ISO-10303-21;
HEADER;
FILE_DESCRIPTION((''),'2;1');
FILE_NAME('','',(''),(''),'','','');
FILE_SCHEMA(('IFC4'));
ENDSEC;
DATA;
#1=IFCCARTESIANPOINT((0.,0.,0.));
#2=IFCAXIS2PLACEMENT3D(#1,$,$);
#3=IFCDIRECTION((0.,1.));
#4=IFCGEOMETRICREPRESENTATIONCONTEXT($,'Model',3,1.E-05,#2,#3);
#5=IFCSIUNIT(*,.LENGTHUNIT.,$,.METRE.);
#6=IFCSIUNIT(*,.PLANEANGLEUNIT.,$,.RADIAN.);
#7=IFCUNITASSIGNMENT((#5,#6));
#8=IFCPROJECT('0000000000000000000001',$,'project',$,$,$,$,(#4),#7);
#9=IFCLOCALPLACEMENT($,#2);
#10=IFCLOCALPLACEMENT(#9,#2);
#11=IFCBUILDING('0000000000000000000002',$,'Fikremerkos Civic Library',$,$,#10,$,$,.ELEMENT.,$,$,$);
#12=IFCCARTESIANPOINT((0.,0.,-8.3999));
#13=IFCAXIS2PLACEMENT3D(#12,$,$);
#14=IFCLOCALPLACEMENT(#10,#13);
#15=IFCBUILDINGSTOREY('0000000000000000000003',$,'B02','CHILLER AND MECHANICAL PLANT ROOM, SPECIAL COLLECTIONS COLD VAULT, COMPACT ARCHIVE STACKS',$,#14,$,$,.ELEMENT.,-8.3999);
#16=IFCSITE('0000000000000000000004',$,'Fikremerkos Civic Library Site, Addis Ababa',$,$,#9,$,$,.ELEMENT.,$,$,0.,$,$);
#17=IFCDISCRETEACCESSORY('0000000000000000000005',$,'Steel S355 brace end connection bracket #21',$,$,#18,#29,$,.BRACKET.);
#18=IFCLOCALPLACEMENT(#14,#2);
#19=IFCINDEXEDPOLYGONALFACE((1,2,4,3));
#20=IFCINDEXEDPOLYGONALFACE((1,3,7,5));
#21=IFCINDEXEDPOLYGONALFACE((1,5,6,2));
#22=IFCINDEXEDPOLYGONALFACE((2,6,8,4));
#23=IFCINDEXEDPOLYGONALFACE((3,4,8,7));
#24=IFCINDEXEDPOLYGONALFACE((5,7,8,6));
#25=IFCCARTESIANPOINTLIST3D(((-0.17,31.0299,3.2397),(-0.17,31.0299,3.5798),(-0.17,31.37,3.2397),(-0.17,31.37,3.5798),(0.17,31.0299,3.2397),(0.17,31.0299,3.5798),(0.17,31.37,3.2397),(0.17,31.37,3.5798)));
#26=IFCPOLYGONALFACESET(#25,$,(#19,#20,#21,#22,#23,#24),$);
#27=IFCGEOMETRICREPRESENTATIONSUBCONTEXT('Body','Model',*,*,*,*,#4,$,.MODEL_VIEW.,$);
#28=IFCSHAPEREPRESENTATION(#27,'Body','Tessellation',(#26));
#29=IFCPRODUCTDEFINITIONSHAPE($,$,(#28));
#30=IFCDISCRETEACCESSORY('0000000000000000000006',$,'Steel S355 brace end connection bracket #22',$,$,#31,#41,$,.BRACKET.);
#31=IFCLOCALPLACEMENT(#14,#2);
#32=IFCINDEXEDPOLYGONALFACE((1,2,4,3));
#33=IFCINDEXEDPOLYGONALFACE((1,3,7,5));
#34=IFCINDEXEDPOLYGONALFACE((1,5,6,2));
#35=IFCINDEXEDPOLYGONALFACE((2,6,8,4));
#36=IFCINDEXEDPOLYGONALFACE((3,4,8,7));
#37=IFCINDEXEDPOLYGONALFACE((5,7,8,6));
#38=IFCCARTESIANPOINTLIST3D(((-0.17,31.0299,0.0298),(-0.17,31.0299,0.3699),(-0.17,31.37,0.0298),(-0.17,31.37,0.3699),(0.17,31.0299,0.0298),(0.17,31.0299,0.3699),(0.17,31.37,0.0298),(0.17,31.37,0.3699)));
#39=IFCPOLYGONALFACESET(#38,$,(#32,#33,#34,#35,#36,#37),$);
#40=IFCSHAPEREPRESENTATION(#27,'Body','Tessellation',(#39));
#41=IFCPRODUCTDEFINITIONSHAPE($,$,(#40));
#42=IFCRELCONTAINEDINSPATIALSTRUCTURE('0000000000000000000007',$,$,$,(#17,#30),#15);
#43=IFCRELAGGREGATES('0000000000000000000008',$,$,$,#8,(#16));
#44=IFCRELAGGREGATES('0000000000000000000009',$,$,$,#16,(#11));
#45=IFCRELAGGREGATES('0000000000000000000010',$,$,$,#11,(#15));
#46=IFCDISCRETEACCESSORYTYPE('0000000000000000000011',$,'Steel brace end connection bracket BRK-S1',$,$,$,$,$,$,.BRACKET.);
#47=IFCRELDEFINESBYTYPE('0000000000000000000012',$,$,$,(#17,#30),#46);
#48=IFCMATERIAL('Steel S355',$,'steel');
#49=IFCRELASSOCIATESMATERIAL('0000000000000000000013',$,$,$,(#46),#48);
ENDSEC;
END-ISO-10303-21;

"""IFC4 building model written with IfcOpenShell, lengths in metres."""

from ifc_helpers import new_model, si_unit, direction, frame, origin, origin_2d, place, context, subcontext, project, spatial, rectangle, extrude, material, type_object, element, save


model = new_model("IFC4")

# Units and contexts
model_context = context("Model", 3, precision=1e-05, world=origin(), true_north=direction((0.0, 1.0)))
body_context = subcontext(model_context, "Body", "Model", "MODEL_VIEW")
ifc_project = project(units=[si_unit("LENGTHUNIT", "METRE"), si_unit("PLANEANGLEUNIT", "RADIAN")], contexts=[model_context])

# Site, building, storey
site_placement = place(None, origin())
site = spatial("IfcSite", under=ifc_project, at=site_placement, Name="Fikremerkos Civic Library Site, Addis Ababa", CompositionType="ELEMENT", RefElevation=0.0)
building_placement = place(site_placement, origin())
building = spatial("IfcBuilding", under=site, at=building_placement, Name="Fikremerkos Civic Library", CompositionType="ELEMENT")
storey_placement = place(building_placement, frame((0.0, 0.0, -8.3999)))
storey = spatial("IfcBuildingStorey", under=building, at=storey_placement, Name="B02", Description="CHILLER AND MECHANICAL PLANT ROOM, SPECIAL COLLECTIONS COLD VAULT, COMPACT ARCHIVE STACKS", CompositionType="ELEMENT", Elevation=-8.3999)

# Shared definitions
ifc_material_1 = material(Name="Steel S355", Category="steel")

# Discrete accessories
discrete_accessory_type = type_object("IfcDiscreteAccessoryType", Name="Steel brace end connection bracket BRK-S1", PredefinedType="BRACKET", material=ifc_material_1)
for number, where, z_axis, x_axis, name in (
    (1, (0.0, 31.2, 3.2397), (0.0, 0.0, 1.0), (1.0, 0.0, 0.0), "Steel S355 brace end connection bracket #21"),
    (2, (0.0, 31.2, 0.0298), (0.0, 0.0, 1.0), (1.0, 0.0, 0.0), "Steel S355 brace end connection bracket #22"),
):
    element("IfcDiscreteAccessory", number, at=place(storey_placement, frame(where, z_axis=z_axis, x_axis=x_axis)), inside=storey, type_object=discrete_accessory_type, Name=name, PredefinedType="BRACKET", context=body_context, shape_type="SweptSolid", body=[
        extrude(rectangle(XDim=0.3401, YDim=0.3401, at=origin_2d()), origin(), (0.0, 0.0, 1.0), 0.3401),
    ])

save(model, "model.ifc")
